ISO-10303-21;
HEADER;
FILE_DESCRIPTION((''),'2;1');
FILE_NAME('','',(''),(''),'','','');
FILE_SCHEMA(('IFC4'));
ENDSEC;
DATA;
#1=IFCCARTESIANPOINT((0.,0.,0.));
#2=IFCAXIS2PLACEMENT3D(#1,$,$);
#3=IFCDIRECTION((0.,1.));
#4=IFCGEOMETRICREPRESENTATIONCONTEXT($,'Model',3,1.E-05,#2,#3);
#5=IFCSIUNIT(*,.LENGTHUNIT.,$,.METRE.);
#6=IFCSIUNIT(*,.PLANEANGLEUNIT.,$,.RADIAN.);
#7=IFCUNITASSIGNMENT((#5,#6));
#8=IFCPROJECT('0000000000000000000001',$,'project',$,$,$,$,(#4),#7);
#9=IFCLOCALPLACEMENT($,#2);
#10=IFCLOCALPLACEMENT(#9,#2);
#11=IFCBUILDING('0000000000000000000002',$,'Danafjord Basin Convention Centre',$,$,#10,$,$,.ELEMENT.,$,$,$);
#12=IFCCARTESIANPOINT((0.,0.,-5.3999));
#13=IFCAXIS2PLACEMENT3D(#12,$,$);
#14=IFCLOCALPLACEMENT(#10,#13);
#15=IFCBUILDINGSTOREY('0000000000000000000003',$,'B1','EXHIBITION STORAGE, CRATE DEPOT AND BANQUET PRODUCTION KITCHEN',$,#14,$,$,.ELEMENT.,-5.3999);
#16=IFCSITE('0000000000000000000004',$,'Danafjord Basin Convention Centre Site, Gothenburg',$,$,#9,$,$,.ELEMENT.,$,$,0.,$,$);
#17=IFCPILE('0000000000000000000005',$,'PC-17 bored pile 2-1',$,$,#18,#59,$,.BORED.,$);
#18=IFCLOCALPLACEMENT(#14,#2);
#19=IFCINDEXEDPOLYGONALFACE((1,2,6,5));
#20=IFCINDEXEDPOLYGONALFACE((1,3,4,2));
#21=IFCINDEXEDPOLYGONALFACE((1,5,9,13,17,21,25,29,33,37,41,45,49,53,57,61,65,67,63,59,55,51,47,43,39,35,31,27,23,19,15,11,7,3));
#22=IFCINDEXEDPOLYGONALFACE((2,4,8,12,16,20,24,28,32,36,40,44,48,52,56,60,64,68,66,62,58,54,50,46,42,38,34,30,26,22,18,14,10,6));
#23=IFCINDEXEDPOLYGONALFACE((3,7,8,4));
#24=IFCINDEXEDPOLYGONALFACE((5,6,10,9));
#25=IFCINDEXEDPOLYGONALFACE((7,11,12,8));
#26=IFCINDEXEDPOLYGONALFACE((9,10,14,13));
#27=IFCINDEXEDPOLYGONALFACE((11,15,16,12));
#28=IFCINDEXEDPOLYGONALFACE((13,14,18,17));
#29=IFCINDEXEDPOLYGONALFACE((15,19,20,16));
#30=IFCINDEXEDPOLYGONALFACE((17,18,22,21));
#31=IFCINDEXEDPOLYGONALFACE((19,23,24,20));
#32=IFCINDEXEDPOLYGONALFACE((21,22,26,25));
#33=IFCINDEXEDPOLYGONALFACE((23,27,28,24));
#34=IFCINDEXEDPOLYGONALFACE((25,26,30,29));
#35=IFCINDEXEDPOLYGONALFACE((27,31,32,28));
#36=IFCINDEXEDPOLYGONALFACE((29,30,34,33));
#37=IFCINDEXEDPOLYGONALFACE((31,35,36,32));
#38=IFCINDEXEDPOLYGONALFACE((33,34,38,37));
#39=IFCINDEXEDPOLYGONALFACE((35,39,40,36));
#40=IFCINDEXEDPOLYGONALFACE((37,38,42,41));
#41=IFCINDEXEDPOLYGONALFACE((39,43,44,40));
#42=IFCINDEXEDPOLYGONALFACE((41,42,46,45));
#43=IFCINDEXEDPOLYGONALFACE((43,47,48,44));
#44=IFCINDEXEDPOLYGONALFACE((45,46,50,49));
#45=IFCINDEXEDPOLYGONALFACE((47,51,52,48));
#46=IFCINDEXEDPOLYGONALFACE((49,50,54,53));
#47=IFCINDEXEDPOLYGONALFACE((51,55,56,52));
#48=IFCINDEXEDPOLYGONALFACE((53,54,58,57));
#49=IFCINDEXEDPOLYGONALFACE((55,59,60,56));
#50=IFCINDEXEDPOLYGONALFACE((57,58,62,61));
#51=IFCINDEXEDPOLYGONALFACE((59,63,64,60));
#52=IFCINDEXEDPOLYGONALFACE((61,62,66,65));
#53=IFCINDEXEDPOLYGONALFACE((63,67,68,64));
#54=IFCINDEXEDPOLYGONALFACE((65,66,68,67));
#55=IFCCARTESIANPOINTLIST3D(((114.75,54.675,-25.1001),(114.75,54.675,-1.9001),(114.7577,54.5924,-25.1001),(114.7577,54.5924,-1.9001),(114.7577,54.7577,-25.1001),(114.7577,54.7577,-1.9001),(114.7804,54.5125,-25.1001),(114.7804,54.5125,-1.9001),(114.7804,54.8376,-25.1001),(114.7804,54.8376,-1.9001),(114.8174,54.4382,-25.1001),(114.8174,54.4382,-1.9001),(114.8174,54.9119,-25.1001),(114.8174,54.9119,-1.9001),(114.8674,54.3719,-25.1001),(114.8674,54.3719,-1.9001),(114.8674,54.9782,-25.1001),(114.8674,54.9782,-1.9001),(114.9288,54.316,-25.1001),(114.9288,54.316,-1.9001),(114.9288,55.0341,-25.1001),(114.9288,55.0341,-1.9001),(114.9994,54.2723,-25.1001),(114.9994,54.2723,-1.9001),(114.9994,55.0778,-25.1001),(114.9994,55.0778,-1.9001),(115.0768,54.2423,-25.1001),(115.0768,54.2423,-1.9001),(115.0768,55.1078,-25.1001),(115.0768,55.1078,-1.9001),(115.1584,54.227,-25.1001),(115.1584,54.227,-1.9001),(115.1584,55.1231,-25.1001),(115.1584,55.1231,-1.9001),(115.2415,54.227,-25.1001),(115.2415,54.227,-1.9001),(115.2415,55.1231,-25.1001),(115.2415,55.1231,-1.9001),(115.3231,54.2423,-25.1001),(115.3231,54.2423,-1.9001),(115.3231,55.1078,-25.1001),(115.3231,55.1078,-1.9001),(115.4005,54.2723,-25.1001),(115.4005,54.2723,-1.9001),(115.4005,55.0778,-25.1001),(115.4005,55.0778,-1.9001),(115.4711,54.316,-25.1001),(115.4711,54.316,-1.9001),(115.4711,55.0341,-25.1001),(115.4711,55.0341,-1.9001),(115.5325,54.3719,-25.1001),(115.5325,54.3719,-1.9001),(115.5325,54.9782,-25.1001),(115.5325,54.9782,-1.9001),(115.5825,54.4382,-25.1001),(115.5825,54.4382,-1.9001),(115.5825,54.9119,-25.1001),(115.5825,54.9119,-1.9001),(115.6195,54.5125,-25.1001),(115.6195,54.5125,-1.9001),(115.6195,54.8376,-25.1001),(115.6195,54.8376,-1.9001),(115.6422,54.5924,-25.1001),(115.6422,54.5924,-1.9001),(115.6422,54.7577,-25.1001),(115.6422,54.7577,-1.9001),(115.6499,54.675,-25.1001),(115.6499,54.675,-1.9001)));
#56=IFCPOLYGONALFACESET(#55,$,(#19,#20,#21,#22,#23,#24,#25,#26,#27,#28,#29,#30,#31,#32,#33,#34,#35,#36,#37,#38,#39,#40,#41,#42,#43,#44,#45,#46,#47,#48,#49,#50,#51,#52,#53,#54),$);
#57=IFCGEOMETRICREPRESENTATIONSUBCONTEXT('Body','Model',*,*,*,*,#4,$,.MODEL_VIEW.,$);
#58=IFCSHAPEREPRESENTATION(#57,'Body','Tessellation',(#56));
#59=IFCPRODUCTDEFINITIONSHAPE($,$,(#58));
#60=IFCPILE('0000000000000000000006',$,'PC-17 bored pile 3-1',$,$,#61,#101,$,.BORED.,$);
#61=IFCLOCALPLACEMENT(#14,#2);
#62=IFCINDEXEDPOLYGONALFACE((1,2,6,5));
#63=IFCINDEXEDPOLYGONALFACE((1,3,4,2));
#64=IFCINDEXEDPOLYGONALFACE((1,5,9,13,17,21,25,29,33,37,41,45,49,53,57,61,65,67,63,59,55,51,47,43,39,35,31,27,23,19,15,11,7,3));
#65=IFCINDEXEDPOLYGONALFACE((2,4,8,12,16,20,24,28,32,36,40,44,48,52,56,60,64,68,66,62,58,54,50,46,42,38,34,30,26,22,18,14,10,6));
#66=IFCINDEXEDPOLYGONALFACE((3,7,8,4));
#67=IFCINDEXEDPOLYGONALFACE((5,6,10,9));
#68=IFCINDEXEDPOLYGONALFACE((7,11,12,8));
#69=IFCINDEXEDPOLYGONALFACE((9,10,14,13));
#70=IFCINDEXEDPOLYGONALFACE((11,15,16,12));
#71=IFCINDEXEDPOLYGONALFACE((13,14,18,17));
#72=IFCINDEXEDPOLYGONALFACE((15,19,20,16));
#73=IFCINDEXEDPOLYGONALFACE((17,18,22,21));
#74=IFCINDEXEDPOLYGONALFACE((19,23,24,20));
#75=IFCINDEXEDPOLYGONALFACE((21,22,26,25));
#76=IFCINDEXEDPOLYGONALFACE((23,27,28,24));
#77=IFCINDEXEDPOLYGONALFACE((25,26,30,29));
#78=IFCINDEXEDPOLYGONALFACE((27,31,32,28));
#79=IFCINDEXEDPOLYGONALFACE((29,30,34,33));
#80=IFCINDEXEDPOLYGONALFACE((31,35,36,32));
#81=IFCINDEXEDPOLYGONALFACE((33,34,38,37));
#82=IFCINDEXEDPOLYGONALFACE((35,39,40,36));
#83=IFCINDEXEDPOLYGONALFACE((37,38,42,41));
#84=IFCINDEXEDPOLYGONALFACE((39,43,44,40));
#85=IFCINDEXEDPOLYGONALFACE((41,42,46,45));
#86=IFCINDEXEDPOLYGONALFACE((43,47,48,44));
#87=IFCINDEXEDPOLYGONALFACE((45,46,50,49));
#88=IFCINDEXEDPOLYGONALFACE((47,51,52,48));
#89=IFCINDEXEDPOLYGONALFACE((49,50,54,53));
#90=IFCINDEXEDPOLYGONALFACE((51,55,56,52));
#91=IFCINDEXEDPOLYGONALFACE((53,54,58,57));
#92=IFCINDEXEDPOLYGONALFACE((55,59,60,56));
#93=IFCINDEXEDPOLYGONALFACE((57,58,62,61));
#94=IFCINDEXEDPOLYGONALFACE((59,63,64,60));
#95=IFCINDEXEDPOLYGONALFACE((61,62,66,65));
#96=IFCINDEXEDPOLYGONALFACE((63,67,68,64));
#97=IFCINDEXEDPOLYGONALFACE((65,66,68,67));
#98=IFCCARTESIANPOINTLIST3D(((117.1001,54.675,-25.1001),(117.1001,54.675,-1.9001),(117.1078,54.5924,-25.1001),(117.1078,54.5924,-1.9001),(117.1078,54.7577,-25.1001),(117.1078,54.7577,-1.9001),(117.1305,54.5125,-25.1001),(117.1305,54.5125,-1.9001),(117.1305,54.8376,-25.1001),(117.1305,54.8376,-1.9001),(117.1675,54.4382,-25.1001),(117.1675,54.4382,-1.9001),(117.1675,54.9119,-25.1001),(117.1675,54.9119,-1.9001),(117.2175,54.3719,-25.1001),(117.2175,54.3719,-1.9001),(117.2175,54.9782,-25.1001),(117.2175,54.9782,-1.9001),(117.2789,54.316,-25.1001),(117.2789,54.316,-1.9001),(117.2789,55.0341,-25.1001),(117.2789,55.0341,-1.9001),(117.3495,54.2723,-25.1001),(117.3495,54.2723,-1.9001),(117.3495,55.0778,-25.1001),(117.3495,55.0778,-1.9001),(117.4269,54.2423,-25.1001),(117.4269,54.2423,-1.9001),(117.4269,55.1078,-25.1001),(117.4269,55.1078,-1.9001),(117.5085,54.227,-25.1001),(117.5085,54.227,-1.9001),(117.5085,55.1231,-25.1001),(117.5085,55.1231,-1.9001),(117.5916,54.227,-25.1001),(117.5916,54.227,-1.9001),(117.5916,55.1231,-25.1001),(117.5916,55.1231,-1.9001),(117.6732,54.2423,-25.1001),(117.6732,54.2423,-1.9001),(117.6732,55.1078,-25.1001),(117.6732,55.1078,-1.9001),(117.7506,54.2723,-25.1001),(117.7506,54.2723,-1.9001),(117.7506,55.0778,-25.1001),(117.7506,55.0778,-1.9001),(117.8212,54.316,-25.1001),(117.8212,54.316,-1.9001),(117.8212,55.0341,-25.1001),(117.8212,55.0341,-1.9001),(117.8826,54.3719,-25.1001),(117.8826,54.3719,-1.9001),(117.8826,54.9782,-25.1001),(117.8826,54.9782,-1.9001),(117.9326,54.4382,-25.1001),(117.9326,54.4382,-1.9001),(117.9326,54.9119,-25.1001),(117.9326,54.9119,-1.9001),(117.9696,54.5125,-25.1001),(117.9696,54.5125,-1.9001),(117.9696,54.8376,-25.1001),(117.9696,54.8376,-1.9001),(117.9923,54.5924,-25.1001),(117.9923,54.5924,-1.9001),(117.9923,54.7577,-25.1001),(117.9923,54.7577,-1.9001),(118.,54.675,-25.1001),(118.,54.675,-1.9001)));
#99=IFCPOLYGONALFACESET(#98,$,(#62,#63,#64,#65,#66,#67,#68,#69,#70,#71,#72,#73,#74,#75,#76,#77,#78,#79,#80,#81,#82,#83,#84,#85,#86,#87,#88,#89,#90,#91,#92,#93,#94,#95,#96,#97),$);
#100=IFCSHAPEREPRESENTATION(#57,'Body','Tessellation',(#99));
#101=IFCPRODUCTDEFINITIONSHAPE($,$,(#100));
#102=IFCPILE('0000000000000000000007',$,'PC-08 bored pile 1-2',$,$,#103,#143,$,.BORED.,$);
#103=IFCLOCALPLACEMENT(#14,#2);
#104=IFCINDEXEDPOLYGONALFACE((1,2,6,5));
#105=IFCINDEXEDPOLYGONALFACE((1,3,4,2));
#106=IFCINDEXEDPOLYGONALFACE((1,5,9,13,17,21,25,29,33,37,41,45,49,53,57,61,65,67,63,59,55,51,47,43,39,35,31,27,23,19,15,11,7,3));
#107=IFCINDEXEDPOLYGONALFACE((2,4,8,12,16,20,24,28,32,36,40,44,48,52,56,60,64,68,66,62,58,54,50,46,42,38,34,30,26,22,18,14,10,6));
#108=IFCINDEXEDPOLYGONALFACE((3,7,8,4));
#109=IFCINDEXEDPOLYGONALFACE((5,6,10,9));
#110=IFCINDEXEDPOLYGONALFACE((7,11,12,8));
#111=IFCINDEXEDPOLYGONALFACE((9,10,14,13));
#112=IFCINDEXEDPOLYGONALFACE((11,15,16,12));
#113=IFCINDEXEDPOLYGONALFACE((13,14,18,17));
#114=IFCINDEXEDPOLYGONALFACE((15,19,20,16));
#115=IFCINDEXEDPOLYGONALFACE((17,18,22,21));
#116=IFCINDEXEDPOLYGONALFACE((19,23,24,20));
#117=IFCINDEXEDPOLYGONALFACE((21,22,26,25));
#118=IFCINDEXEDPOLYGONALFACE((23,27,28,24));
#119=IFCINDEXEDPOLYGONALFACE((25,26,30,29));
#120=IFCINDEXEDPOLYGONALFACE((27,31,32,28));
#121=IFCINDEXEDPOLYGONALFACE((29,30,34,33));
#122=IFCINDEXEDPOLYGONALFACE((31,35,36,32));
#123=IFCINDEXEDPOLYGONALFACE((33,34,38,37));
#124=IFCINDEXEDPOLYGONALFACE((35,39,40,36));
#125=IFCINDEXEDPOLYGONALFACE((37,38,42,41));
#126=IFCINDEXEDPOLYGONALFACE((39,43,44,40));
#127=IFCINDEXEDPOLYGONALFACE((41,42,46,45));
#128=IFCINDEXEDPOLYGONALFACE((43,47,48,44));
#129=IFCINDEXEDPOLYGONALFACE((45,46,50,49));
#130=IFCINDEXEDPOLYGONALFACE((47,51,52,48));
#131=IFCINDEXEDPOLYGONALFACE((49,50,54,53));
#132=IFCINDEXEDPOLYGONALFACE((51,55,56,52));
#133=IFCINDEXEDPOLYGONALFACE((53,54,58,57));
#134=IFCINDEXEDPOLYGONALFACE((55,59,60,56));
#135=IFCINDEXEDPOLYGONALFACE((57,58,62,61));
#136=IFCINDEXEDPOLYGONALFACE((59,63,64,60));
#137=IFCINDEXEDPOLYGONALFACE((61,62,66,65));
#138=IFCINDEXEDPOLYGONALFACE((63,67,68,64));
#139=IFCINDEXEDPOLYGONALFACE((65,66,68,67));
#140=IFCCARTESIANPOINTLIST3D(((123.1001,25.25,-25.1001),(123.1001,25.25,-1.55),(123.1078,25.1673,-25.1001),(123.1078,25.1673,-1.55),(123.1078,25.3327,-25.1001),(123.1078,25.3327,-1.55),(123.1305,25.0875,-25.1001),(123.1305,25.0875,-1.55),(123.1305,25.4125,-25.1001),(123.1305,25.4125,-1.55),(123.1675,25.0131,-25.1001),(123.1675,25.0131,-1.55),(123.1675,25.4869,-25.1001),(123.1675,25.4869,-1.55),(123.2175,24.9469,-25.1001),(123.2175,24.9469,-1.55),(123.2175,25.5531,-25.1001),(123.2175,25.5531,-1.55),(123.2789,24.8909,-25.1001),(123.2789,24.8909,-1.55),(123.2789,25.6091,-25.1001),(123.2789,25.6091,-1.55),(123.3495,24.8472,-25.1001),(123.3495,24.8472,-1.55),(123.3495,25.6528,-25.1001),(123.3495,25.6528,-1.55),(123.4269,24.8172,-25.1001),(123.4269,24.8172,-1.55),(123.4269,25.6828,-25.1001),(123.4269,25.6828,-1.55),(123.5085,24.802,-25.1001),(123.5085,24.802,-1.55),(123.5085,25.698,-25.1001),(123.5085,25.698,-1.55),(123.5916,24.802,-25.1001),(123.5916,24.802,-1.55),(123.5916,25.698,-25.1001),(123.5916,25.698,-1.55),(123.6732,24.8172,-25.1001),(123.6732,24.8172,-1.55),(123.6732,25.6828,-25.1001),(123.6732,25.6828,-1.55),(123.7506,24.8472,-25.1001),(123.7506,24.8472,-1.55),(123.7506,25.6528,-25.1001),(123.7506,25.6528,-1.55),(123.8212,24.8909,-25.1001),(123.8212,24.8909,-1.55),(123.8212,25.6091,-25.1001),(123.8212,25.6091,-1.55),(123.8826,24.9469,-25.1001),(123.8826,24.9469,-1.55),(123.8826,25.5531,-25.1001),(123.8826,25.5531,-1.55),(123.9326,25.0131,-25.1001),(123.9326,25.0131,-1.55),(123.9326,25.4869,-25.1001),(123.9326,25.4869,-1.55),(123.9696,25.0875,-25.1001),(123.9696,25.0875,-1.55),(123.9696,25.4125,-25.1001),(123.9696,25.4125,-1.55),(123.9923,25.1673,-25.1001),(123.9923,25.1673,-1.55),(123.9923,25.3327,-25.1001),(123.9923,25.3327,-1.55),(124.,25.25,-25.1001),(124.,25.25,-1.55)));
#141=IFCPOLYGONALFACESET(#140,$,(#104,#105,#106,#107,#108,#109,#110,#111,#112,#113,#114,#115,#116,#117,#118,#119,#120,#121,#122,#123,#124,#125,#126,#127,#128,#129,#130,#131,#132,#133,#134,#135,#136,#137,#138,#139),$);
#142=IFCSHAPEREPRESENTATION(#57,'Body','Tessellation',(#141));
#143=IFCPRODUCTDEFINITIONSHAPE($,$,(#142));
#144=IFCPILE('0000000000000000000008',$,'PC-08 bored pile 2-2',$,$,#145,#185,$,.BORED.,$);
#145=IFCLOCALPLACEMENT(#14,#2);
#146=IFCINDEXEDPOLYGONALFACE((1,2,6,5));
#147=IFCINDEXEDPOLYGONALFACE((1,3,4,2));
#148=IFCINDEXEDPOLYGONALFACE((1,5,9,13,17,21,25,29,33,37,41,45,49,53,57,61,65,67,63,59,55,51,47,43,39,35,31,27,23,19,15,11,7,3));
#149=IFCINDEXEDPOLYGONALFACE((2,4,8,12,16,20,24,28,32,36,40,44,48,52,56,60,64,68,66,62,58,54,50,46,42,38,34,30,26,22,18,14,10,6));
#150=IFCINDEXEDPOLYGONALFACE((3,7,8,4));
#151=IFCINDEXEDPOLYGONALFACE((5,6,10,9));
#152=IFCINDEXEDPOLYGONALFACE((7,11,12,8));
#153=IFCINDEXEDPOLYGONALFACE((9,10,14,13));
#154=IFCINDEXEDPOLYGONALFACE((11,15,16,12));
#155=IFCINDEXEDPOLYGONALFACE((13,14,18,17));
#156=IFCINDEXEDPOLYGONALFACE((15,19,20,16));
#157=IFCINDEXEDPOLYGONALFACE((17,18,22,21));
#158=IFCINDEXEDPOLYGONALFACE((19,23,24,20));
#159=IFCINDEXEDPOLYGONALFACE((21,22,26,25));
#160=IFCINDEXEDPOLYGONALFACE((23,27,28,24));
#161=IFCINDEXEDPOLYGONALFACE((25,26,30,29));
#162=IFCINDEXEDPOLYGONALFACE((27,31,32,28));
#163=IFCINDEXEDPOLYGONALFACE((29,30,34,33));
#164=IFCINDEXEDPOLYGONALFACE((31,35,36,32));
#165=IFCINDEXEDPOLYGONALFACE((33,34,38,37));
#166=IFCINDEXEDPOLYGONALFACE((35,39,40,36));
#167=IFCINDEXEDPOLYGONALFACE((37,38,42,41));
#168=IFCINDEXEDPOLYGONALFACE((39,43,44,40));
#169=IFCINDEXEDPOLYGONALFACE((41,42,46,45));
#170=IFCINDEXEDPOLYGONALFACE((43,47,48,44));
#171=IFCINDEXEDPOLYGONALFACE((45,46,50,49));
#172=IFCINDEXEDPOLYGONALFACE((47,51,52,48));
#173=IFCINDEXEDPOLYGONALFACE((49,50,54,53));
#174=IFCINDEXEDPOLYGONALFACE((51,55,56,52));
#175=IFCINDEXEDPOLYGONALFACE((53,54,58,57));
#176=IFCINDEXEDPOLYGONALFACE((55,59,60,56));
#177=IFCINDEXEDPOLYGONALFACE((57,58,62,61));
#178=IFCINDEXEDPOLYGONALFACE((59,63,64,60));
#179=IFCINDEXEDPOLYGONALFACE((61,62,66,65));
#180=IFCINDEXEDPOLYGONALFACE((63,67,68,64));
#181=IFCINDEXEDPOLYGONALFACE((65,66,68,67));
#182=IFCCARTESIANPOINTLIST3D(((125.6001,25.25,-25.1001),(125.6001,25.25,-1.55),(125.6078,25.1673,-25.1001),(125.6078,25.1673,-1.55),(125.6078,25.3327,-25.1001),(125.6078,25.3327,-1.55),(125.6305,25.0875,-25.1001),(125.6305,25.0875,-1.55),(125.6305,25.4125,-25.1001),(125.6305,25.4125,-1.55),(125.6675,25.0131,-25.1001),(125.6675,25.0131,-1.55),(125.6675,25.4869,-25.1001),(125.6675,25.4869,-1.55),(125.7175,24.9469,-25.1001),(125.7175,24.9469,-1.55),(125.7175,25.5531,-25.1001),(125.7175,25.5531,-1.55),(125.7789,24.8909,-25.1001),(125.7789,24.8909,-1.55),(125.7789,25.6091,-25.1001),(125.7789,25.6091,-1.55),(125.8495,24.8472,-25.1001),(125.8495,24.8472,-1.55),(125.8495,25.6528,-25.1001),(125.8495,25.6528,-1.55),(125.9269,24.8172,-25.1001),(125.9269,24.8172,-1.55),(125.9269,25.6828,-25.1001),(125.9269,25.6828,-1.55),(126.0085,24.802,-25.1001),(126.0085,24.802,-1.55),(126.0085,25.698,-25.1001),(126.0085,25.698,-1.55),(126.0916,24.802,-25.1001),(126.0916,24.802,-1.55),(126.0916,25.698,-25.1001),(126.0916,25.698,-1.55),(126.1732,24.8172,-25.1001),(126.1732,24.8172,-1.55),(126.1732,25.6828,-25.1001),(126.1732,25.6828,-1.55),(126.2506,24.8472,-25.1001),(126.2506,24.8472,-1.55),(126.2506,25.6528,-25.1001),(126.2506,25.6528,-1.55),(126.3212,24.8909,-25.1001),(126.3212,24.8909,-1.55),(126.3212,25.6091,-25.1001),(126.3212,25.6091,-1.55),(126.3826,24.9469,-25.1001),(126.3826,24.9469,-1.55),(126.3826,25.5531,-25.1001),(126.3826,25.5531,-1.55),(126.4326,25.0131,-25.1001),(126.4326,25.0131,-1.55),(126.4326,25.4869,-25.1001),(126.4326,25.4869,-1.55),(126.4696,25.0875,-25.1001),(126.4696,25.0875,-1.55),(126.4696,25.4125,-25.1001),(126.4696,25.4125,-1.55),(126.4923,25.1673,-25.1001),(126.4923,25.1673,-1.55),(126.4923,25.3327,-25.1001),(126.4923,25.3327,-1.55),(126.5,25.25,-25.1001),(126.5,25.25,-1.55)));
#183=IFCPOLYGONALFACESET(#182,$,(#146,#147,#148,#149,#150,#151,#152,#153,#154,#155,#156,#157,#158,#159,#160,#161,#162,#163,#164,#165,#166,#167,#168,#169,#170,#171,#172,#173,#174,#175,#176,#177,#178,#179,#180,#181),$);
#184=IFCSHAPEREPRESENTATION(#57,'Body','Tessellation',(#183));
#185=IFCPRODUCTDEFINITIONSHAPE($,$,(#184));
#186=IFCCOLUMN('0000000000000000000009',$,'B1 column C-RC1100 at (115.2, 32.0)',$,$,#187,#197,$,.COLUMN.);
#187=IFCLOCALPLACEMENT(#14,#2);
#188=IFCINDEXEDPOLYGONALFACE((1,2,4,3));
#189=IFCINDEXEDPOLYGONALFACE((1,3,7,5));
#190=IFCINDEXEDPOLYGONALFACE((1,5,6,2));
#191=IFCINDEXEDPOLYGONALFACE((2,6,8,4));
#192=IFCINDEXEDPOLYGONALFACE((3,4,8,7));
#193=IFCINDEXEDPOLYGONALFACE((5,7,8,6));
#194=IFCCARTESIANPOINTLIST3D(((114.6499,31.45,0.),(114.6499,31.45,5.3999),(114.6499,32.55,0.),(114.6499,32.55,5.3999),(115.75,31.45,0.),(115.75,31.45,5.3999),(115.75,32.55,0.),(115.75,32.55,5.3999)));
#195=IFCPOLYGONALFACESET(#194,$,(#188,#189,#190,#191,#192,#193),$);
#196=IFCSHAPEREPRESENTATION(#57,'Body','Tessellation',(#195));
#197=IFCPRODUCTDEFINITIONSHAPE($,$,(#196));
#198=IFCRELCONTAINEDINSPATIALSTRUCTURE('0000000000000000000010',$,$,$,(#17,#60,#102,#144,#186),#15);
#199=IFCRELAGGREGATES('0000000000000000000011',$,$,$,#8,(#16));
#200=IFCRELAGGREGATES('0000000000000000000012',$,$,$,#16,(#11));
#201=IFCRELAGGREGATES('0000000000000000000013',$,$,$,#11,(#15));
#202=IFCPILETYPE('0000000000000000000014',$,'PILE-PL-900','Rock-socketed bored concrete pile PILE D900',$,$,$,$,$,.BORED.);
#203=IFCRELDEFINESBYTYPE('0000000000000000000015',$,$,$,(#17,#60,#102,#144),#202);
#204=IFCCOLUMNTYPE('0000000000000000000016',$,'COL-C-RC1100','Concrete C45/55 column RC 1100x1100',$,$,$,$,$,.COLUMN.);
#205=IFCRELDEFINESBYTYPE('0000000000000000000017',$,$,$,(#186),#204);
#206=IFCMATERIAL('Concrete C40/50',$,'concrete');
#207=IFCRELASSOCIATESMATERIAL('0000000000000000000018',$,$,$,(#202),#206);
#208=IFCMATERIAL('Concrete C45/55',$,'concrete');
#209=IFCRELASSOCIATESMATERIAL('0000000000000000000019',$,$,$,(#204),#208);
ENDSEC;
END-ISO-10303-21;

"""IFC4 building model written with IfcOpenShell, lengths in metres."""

from ifc_helpers import new_model, si_unit, direction, frame, origin, origin_2d, place, context, subcontext, project, spatial, rectangle, circle, extrude, material, material_profile, profile_set, type_object, element, save


model = new_model("IFC4")

# Units and contexts
model_context = context("Model", 3, precision=1e-05, world=origin(), true_north=direction((0.0, 1.0)))
body_context = subcontext(model_context, "Body", "Model", "MODEL_VIEW")
ifc_project = project(units=[si_unit("LENGTHUNIT", "METRE"), si_unit("PLANEANGLEUNIT", "RADIAN")], contexts=[model_context])

# Site, building, storey
site_placement = place(None, origin())
site = spatial("IfcSite", under=ifc_project, at=site_placement, Name="Danafjord Basin Convention Centre Site, Gothenburg", CompositionType="ELEMENT", RefElevation=0.0)
building_placement = place(site_placement, origin())
building = spatial("IfcBuilding", under=site, at=building_placement, Name="Danafjord Basin Convention Centre", CompositionType="ELEMENT")
storey_placement = place(building_placement, frame((0.0, 0.0, -5.3999)))
storey = spatial("IfcBuildingStorey", under=building, at=storey_placement, Name="B1", Description="EXHIBITION STORAGE, CRATE DEPOT AND BANQUET PRODUCTION KITCHEN", CompositionType="ELEMENT", Elevation=-5.3999)

# Shared definitions
ifc_material_1 = material(Name="Concrete C40/50", Category="concrete")

# Piles
ifc_material_profile_1 = material_profile(ifc_material_1, circle(Radius=0.45, at=origin_2d()), Name="PILE D900")
ifc_profile_set_1 = profile_set([ifc_material_profile_1], Name="Concrete C40/50")
pile_type_1 = type_object("IfcPileType", Name="PILE-PL-900", Description="Rock-socketed bored concrete pile PILE D900", PredefinedType="BORED", material=ifc_profile_set_1)
for number, where, z_axis, x_axis, name in (
    (1, (115.2, 54.675, -1.9001), (0.0, 0.0, -1.0), (1.0, 0.0, 0.0), "PC-17 bored pile 2-1"),
    (2, (117.55, 54.675, -1.9001), (0.0, 0.0, -1.0), (1.0, 0.0, 0.0), "PC-17 bored pile 3-1"),
):
    element("IfcPile", number, at=place(storey_placement, frame(where, z_axis=z_axis, x_axis=x_axis)), inside=storey, type_object=pile_type_1, Name=name, PredefinedType="BORED", context=body_context, shape_type="SweptSolid", body=[
        extrude(circle(Radius=0.45, at=origin_2d()), origin(), (0.0, 0.0, 1.0), 23.2),
    ])
for number, where, z_axis, x_axis, name in (
    (3, (123.55, 25.25, -1.55), (0.0, 0.0, -1.0), (1.0, 0.0, 0.0), "PC-08 bored pile 1-2"),
    (4, (126.05, 25.25, -1.55), (0.0, 0.0, -1.0), (1.0, 0.0, 0.0), "PC-08 bored pile 2-2"),
):
    element("IfcPile", number, at=place(storey_placement, frame(where, z_axis=z_axis, x_axis=x_axis)), inside=storey, type_object=pile_type_1, Name=name, PredefinedType="BORED", context=body_context, shape_type="SweptSolid", body=[
        extrude(circle(Radius=0.45, at=origin_2d()), origin(), (0.0, 0.0, 1.0), 23.55),
    ])

# Column
ifc_material_2 = material(Name="Concrete C45/55", Category="concrete")
ifc_material_profile_2 = material_profile(ifc_material_2, rectangle(XDim=1.1001, YDim=1.1001, at=origin_2d()), Name="RC 1100x1100")
ifc_profile_set_2 = profile_set([ifc_material_profile_2], Name="Concrete C45/55")
column_type_1 = type_object("IfcColumnType", Name="COL-C-RC1100", Description="Concrete C45/55 column RC 1100x1100", PredefinedType="COLUMN", material=ifc_profile_set_2)
column_1_placement = place(storey_placement, frame((115.2, 32.0, 0.0), z_axis=(0.0, 0.0, 1.0), x_axis=(1.0, 0.0, 0.0)))
element("IfcColumn", 5, at=column_1_placement, inside=storey, type_object=column_type_1, Name="B1 column C-RC1100 at (115.2, 32.0)", PredefinedType="COLUMN", context=body_context, shape_type="SweptSolid", body=[
    extrude(rectangle(XDim=1.1001, YDim=1.1001, at=origin_2d()), origin(), (0.0, 0.0, 1.0), 5.3999),
])

save(model, "model.ifc")
